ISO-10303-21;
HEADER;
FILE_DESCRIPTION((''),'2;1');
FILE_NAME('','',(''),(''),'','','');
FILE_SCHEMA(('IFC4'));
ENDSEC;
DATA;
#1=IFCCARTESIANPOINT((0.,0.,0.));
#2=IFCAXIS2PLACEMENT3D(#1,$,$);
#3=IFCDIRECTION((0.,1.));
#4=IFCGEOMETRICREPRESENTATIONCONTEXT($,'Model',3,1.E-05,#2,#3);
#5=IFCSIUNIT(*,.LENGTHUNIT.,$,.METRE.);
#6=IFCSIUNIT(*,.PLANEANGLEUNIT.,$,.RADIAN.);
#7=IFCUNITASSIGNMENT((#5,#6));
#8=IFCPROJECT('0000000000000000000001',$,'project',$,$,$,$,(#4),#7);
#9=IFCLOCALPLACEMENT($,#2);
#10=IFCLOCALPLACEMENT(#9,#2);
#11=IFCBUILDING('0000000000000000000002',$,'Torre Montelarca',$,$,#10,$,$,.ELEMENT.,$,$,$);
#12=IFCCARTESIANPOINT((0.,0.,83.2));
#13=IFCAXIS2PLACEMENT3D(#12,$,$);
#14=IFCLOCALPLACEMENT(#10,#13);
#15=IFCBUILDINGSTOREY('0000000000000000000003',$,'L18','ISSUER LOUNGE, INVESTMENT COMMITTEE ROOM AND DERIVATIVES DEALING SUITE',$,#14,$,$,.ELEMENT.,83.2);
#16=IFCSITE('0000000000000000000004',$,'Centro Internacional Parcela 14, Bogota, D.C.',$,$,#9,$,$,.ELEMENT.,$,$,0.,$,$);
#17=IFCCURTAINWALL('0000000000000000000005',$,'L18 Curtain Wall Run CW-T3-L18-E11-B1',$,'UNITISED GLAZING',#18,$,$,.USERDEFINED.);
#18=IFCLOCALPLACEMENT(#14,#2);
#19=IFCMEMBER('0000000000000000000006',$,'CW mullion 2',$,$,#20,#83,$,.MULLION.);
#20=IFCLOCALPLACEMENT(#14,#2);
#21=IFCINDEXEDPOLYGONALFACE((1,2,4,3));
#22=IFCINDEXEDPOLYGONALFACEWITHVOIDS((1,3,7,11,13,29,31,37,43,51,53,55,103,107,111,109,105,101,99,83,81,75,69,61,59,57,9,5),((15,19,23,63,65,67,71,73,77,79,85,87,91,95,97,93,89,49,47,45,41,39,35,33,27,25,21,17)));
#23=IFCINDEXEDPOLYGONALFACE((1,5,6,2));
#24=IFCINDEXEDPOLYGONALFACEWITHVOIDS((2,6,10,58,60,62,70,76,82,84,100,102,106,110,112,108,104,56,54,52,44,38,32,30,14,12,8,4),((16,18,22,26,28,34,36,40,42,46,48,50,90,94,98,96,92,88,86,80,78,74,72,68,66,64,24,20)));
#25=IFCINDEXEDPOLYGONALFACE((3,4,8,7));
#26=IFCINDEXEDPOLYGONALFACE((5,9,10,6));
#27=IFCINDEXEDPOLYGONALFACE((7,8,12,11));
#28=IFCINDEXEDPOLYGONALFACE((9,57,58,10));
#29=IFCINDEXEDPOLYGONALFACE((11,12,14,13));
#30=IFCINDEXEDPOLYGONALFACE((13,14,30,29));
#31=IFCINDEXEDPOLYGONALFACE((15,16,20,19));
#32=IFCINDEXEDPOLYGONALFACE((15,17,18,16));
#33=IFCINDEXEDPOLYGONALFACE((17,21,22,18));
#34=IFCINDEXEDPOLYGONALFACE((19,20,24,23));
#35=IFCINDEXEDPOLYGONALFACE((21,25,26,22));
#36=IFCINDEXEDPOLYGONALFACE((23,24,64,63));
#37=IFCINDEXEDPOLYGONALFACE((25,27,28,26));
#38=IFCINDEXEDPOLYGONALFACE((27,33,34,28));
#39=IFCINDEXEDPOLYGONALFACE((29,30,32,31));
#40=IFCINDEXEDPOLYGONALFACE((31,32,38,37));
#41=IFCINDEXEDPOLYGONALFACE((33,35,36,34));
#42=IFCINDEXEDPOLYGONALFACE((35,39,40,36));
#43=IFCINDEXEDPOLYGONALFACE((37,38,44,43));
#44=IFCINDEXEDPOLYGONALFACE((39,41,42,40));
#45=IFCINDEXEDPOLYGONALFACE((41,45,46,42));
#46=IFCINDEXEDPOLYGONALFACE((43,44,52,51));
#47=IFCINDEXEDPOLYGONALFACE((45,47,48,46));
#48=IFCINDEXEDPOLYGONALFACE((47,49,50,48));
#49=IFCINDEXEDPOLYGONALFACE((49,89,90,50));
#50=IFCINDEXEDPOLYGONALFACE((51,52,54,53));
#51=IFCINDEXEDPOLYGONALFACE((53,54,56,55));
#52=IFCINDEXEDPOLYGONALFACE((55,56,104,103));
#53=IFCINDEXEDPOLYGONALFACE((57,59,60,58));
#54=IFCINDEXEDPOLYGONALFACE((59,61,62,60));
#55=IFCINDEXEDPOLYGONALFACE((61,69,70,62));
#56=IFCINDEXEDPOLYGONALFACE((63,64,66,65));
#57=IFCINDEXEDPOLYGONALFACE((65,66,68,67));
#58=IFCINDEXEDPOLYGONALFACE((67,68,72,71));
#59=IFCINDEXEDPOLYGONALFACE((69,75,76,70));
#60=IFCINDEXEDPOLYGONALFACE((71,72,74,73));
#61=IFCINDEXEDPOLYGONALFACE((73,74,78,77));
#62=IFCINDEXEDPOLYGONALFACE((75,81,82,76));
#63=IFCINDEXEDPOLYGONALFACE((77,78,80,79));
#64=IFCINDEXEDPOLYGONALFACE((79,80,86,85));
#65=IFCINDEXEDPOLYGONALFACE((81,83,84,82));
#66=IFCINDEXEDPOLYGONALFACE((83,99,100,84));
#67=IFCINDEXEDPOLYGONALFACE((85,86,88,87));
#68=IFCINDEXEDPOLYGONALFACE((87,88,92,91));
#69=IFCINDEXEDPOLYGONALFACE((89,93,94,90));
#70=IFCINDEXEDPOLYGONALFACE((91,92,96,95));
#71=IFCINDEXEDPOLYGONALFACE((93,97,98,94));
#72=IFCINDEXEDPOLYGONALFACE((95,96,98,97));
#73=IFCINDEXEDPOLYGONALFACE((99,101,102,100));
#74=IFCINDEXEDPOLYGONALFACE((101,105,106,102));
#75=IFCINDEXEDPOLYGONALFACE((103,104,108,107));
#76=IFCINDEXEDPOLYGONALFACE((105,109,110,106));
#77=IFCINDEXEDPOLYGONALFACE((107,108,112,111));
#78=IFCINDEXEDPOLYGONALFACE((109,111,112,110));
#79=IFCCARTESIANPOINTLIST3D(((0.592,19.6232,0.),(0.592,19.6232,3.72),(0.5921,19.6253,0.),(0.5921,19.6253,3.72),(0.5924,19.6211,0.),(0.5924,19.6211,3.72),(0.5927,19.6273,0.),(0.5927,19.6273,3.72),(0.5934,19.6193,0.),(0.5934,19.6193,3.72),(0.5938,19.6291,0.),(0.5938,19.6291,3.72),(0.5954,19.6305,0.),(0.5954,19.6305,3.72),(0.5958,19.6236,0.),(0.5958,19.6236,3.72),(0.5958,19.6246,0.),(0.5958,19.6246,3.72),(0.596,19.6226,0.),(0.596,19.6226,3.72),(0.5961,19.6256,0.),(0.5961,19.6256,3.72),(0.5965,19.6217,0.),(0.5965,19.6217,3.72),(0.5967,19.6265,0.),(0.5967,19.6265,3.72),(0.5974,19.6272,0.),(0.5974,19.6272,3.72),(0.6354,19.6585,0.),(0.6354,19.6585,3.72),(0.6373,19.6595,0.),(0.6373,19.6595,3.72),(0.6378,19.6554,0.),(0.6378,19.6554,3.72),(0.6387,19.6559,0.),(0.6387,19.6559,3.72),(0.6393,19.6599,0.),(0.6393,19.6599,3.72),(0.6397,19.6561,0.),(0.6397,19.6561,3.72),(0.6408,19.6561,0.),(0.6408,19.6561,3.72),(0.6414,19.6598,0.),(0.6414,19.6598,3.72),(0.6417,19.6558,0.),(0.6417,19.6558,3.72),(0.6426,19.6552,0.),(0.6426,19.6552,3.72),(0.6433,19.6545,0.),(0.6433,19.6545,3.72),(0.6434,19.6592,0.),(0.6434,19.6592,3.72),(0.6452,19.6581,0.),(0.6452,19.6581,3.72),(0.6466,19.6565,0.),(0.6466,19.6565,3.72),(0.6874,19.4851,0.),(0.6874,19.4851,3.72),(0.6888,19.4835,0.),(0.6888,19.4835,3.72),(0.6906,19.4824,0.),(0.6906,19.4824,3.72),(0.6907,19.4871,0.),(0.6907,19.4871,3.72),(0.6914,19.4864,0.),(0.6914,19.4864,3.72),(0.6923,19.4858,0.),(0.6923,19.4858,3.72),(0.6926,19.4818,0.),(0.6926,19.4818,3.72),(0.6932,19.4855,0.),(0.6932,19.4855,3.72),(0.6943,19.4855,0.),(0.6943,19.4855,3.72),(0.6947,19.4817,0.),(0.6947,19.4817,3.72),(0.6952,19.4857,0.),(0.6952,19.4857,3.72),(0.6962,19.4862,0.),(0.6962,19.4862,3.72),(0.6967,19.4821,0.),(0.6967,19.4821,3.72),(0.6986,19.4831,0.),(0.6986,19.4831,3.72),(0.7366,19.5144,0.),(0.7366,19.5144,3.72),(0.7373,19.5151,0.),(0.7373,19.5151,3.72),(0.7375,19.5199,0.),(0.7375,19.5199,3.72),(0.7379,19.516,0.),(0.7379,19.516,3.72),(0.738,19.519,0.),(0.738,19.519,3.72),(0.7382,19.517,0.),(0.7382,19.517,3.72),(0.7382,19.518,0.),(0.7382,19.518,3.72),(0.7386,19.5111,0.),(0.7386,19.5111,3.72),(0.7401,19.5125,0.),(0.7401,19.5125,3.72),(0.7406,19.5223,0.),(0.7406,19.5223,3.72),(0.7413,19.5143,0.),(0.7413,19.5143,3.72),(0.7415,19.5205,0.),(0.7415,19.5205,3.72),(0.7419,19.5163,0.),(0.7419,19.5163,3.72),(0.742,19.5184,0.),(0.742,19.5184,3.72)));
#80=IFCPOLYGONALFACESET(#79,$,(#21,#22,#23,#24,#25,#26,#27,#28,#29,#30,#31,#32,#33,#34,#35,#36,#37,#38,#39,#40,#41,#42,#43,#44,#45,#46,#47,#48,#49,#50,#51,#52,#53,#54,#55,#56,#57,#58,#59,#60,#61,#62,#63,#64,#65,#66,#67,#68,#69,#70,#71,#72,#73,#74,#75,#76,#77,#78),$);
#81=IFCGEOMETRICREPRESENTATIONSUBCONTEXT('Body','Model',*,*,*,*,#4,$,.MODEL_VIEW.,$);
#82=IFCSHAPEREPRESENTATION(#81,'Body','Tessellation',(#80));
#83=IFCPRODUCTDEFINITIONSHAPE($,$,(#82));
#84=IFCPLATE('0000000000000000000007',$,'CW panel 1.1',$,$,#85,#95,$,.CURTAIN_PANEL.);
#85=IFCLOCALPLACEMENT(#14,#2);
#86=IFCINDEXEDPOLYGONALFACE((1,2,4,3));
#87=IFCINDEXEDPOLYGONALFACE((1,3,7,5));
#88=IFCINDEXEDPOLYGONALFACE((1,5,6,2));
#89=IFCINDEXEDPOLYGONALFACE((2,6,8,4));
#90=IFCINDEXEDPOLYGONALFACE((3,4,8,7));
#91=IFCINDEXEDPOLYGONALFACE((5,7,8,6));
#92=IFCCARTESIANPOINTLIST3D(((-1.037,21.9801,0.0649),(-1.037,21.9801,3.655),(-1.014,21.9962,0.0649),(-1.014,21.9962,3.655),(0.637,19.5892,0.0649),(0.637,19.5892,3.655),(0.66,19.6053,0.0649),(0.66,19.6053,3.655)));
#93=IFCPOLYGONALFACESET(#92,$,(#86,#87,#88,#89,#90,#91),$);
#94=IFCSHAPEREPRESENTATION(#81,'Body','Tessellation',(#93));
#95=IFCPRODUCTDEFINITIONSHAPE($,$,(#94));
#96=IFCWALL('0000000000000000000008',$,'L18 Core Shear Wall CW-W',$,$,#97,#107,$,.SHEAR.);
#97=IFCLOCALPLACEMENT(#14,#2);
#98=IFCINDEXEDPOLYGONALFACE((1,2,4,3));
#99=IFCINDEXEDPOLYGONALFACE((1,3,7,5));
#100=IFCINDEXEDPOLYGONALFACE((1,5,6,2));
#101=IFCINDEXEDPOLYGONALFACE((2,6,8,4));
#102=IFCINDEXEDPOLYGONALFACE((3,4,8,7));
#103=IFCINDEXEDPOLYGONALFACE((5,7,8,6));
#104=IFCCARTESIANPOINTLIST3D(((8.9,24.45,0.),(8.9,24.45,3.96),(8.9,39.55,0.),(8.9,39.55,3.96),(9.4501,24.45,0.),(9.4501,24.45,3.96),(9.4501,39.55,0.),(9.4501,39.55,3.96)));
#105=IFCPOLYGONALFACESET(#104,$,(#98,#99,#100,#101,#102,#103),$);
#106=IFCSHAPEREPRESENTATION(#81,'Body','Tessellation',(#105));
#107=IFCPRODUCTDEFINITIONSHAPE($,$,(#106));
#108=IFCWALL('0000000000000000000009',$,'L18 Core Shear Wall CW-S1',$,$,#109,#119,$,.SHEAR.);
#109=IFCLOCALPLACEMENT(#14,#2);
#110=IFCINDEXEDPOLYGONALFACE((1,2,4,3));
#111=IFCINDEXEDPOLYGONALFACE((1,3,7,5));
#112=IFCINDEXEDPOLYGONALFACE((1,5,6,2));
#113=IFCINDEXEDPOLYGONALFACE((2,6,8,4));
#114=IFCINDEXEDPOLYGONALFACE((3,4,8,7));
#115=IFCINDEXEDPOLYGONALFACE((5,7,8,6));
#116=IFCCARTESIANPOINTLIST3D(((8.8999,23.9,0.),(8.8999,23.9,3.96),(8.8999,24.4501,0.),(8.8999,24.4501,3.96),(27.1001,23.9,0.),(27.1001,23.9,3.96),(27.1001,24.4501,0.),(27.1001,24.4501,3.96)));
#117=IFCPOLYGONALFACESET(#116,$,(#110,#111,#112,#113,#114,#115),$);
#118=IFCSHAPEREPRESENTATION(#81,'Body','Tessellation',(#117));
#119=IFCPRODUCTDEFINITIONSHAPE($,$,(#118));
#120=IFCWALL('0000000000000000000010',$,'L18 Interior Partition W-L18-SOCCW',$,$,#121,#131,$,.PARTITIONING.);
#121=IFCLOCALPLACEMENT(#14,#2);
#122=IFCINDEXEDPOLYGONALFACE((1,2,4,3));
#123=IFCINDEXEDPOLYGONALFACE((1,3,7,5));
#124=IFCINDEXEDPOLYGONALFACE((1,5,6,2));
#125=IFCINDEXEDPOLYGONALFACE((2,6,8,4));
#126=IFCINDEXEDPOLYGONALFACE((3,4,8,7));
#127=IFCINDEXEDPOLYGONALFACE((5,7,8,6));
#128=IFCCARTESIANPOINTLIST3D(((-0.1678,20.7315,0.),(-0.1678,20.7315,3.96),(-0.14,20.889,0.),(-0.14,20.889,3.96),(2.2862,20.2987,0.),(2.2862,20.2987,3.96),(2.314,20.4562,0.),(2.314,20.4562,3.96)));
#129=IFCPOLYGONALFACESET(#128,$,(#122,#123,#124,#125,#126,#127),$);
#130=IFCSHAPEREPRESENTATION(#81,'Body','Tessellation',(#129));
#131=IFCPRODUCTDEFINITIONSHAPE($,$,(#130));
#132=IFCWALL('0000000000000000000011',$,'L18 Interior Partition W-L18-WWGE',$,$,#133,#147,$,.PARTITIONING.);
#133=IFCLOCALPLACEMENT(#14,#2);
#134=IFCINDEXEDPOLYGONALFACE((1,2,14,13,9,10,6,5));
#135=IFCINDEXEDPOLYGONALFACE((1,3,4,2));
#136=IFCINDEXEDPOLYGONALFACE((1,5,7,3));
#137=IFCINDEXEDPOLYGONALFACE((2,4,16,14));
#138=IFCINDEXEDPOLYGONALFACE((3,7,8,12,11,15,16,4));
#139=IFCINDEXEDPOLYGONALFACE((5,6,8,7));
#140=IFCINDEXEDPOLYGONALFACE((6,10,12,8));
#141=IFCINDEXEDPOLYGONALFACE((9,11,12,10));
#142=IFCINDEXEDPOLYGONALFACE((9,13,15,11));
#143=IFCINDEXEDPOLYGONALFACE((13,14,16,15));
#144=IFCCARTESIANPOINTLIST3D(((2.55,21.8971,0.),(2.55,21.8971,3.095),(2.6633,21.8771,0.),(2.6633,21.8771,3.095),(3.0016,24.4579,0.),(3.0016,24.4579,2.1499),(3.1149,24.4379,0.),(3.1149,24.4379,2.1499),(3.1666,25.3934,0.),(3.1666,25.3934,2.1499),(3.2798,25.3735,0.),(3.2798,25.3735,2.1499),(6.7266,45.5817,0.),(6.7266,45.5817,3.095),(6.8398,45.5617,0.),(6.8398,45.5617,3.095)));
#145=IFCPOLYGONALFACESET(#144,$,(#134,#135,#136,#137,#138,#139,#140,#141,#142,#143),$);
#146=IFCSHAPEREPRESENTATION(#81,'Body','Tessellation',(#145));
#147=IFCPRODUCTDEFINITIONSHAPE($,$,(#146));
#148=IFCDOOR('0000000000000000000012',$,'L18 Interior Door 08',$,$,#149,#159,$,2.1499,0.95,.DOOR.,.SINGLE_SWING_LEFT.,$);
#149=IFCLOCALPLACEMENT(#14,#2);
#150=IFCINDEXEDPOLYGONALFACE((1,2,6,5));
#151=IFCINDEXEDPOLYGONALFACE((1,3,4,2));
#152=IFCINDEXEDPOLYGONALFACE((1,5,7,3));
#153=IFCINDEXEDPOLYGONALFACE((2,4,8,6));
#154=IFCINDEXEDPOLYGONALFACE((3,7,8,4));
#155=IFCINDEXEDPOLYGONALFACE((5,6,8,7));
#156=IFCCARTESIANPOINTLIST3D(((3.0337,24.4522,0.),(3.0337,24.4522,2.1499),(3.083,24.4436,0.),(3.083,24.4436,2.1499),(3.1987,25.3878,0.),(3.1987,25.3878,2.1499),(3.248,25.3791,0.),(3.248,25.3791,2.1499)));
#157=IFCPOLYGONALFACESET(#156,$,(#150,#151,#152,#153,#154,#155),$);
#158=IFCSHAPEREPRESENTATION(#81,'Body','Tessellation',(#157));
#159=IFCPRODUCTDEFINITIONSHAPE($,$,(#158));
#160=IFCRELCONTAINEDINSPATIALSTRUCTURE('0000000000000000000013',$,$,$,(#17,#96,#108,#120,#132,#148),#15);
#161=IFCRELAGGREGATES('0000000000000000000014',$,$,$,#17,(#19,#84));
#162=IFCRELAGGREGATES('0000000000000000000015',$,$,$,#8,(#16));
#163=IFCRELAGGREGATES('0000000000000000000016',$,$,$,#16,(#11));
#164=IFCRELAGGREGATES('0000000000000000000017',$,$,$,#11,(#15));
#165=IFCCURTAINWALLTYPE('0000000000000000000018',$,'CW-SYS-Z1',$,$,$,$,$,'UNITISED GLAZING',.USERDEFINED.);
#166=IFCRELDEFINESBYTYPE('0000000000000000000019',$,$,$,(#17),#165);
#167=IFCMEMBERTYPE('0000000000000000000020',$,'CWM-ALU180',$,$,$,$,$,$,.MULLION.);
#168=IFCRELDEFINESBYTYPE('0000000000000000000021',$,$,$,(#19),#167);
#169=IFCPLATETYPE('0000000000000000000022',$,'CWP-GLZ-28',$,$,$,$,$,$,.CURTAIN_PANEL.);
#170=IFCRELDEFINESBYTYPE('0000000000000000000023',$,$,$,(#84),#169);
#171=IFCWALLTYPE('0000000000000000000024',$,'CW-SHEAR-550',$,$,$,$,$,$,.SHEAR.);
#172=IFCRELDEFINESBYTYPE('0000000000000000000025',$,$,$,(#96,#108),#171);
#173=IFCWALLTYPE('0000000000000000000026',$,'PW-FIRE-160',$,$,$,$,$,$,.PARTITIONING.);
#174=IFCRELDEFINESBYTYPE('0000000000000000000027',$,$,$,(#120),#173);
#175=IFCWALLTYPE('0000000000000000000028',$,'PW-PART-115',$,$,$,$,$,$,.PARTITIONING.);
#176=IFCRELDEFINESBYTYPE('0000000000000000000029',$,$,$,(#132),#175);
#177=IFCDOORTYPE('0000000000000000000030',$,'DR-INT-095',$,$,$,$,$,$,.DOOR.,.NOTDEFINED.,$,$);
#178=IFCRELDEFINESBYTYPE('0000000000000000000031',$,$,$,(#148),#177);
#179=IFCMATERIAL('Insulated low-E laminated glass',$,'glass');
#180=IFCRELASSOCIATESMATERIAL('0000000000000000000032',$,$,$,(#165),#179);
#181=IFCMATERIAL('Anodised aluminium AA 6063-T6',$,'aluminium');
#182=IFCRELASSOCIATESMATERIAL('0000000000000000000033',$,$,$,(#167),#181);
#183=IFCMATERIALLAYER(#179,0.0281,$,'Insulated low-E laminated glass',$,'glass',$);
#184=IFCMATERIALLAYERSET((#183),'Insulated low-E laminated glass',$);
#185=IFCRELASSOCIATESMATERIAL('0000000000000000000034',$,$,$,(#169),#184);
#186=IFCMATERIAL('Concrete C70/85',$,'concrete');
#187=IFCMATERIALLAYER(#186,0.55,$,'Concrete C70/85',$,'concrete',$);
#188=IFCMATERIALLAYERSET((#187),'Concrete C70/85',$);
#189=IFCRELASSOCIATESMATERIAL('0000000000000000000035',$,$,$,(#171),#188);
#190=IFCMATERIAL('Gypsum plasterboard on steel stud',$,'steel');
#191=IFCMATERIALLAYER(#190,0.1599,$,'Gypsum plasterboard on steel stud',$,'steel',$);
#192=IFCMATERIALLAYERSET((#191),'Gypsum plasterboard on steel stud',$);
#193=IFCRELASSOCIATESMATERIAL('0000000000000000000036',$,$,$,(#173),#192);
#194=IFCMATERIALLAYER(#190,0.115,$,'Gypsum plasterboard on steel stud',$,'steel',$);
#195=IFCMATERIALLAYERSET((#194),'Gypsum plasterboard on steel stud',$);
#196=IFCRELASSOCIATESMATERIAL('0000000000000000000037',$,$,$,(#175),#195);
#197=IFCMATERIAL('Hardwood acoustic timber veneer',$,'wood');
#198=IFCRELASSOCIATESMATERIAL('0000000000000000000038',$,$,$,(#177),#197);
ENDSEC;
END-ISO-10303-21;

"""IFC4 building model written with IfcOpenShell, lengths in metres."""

from ifc_helpers import new_model, si_unit, direction, frame, frame_2d, origin, origin_2d, place, context, subcontext, project, spatial, rectangle, hollow_rectangle, extrude, source, transform, mapped, material, layer, layer_set, material_profile, profile_set, type_object, element, fill, aggregate, save


model = new_model("IFC4")

# Units and contexts
model_context = context("Model", 3, precision=1e-05, world=origin(), true_north=direction((0.0, 1.0)))
body_context = subcontext(model_context, "Body", "Model", "MODEL_VIEW")
ifc_project = project(units=[si_unit("LENGTHUNIT", "METRE"), si_unit("PLANEANGLEUNIT", "RADIAN")], contexts=[model_context])

# Site, building, storey
site_placement = place(None, origin())
site = spatial("IfcSite", under=ifc_project, at=site_placement, Name="Centro Internacional Parcela 14, Bogota, D.C.", CompositionType="ELEMENT", RefElevation=0.0)
building_placement = place(site_placement, origin())
building = spatial("IfcBuilding", under=site, at=building_placement, Name="Torre Montelarca", CompositionType="ELEMENT")
storey_placement = place(building_placement, frame((0.0, 0.0, 83.2)))
storey = spatial("IfcBuildingStorey", under=building, at=storey_placement, Name="L18", Description="ISSUER LOUNGE, INVESTMENT COMMITTEE ROOM AND DERIVATIVES DEALING SUITE", CompositionType="ELEMENT", Elevation=83.2)

# Curtain wall
ifc_material_1 = material(Name="Insulated low-E laminated glass", Category="glass")
curtain_wall_type = type_object("IfcCurtainWallType", Name="CW-SYS-Z1", ElementType="UNITISED GLAZING", PredefinedType="USERDEFINED", material=ifc_material_1)
curtain_wall_1_placement = place(storey_placement, origin())
curtain_wall_1 = element("IfcCurtainWall", 1, at=curtain_wall_1_placement, inside=storey, type_object=curtain_wall_type, Name="L18 Curtain Wall Run CW-T3-L18-E11-B1", ObjectType="UNITISED GLAZING", PredefinedType="USERDEFINED")
ifc_material_2 = material(Name="Anodised aluminium AA 6063-T6", Category="aluminium")

# Shared definitions
ifc_material_profile_1 = material_profile(ifc_material_2, hollow_rectangle(XDim=0.0649, YDim=0.1799, WallThickness=0.0039, InnerFilletRadius=0.0039, OuterFilletRadius=0.0081, at=origin_2d()), Name="ALU65X180X4", Category="aluminium")
ifc_profile_set_1 = profile_set([ifc_material_profile_1], Name="Anodised aluminium AA 6063-T6")
member_type_1 = type_object("IfcMemberType", Name="CWM-ALU180", PredefinedType="MULLION", material=ifc_profile_set_1)
shared_shape_1 = source(origin(), body_context, "Body", "SweptSolid", [
    extrude(hollow_rectangle(XDim=0.0649, YDim=0.1799, WallThickness=0.0039, InnerFilletRadius=0.0039, OuterFilletRadius=0.0081, at=origin_2d()), origin(), (0.0, 0.0, 1.0), 3.72),
])

# Member
member_1_placement = place(storey_placement, frame((0.667, 19.5708, 0.0), z_axis=(0.0, 0.0, 1.0), x_axis=(0.819174, 0.573546, 0.0)))
member_1 = element("IfcMember", 2, at=member_1_placement, type_object=member_type_1, Name="CW mullion 2", PredefinedType="MULLION", context=body_context, shape_type="MappedRepresentation", body=[
    mapped(shared_shape_1, transform((0.0, 0.0, 0.0), scale=1.0)),
])

# Plate
ifc_layer_1 = layer(ifc_material_1, 0.0281, Name="Insulated low-E laminated glass", Category="glass")
ifc_layer_set_1 = layer_set([ifc_layer_1], Name="Insulated low-E laminated glass")
plate_type = type_object("IfcPlateType", Name="CWP-GLZ-28", PredefinedType="CURTAIN_PANEL", material=ifc_layer_set_1)
shared_shape_2 = source(origin(), body_context, "Body", "SweptSolid", [
    extrude(rectangle(XDim=2.9187, YDim=0.0281, at=origin_2d()), origin(), (0.0, 0.0, 1.0), 3.5901),
])
plate_placement = place(storey_placement, frame((-0.1885, 20.7927, 0.0649), z_axis=(0.0, 0.0, 1.0), x_axis=(0.573546, -0.819174, 0.0)))
plate = element("IfcPlate", 3, at=plate_placement, type_object=plate_type, Name="CW panel 1.1", PredefinedType="CURTAIN_PANEL", context=body_context, shape_type="MappedRepresentation", body=[
    mapped(shared_shape_2, transform((0.0, 0.0, 0.0), scale=1.0)),
])
aggregate(curtain_wall_1, [member_1, plate])

# Walls
ifc_material_3 = material(Name="Concrete C70/85", Category="concrete")
ifc_layer_2 = layer(ifc_material_3, 0.55, Name="Concrete C70/85", Category="concrete")
ifc_layer_set_2 = layer_set([ifc_layer_2], Name="Concrete C70/85")
wall_type_1 = type_object("IfcWallType", Name="CW-SHEAR-550", PredefinedType="SHEAR", material=ifc_layer_set_2)
wall_1_placement = place(storey_placement, frame((9.175, 24.45, 0.0), z_axis=(0.0, 0.0, 1.0), x_axis=(0.0, 1.0, 0.0)))
element("IfcWall", 4, at=wall_1_placement, inside=storey, type_object=wall_type_1, Name="L18 Core Shear Wall CW-W", PredefinedType="SHEAR", context=body_context, shape_type="SweptSolid", body=[
    extrude(rectangle(XDim=15.1001, YDim=0.55, at=frame_2d((7.55, 0.0))), origin(), (0.0, 0.0, 1.0), 3.96),
])
wall_2_placement = place(storey_placement, frame((8.8999, 24.175, 0.0), z_axis=(0.0, 0.0, 1.0), x_axis=(1.0, 0.0, 0.0)))
element("IfcWall", 5, at=wall_2_placement, inside=storey, type_object=wall_type_1, Name="L18 Core Shear Wall CW-S1", PredefinedType="SHEAR", context=body_context, shape_type="SweptSolid", body=[
    extrude(rectangle(XDim=18.2002, YDim=0.55, at=frame_2d((9.1001, 0.0))), origin(), (0.0, 0.0, 1.0), 3.96),
])
ifc_material_4 = material(Name="Gypsum plasterboard on steel stud", Category="steel")
ifc_layer_3 = layer(ifc_material_4, 0.1599, Name="Gypsum plasterboard on steel stud", Category="steel")
ifc_layer_set_3 = layer_set([ifc_layer_3], Name="Gypsum plasterboard on steel stud")
wall_type_2 = type_object("IfcWallType", Name="PW-FIRE-160", PredefinedType="PARTITIONING", material=ifc_layer_set_3)
wall_3_placement = place(storey_placement, frame((-0.1541, 20.8103, 0.0), z_axis=(0.0, 0.0, 1.0), x_axis=(0.984798, -0.173701, 0.0)))
element("IfcWall", 6, at=wall_3_placement, inside=storey, type_object=wall_type_2, Name="L18 Interior Partition W-L18-SOCCW", PredefinedType="PARTITIONING", context=body_context, shape_type="SweptSolid", body=[
    extrude(rectangle(XDim=2.4919, YDim=0.1599, at=frame_2d((1.2461, 0.0))), origin(), (0.0, 0.0, 1.0), 3.96),
])

# Wall, opening, door
ifc_layer_4 = layer(ifc_material_4, 0.115, Name="Gypsum plasterboard on steel stud", Category="steel")
ifc_layer_set_4 = layer_set([ifc_layer_4], Name="Gypsum plasterboard on steel stud")
wall_type_3 = type_object("IfcWallType", Name="PW-PART-115", PredefinedType="PARTITIONING", material=ifc_layer_set_4)
wall_4_placement = place(storey_placement, frame((2.6067, 21.8872, 0.0), z_axis=(0.0, 0.0, 1.0), x_axis=(0.17366, 0.984806, 0.0)))
wall_4 = element("IfcWall", 7, at=wall_4_placement, inside=storey, type_object=wall_type_3, Name="L18 Interior Partition W-L18-WWGE", PredefinedType="PARTITIONING", context=body_context, shape_type="SweptSolid", body=[
    extrude(rectangle(XDim=24.05, YDim=0.115, at=frame_2d((12.0249, 0.0))), origin(), (0.0, 0.0, 1.0), 3.095),
])
opening_1_placement = place(wall_4_placement, frame((2.6001, 0.0, 0.0)))
opening_1 = element("IfcOpeningElement", 8, at=opening_1_placement, cuts=wall_4, PredefinedType="OPENING", context=body_context, shape_type="SweptSolid", body=[
    extrude(rectangle(XDim=0.95, YDim=2.1499, at=frame_2d((0.4751, 1.075))), frame((0.0, 0.0674, 0.0), z_axis=(0.0, -1.0, 0.0), x_axis=(1.0, 0.0, 0.0)), (0.0, 0.0, 1.0), 0.135),
])
ifc_material_5 = material(Name="Hardwood acoustic timber veneer", Category="wood")
door_type_1 = type_object("IfcDoorType", Name="DR-INT-095", OperationType="NOTDEFINED", PredefinedType="DOOR", material=ifc_material_5)
shared_shape_3 = source(origin(), body_context, "Body", "SweptSolid", [
    extrude(rectangle(XDim=0.95, YDim=2.1499, at=frame_2d((0.4751, 1.075))), frame((0.0, 0.0249, 0.0), z_axis=(0.0, -1.0, 0.0), x_axis=(1.0, 0.0, 0.0)), (0.0, 0.0, 1.0), 0.05),
])
door_1_placement = place(opening_1_placement, origin())
door_1 = element("IfcDoor", 9, at=door_1_placement, inside=storey, type_object=door_type_1, Name="L18 Interior Door 08", OperationType="SINGLE_SWING_LEFT", OverallHeight=2.1499, OverallWidth=0.95, PredefinedType="DOOR", context=body_context, shape_type="MappedRepresentation", body=[
    mapped(shared_shape_3, transform((0.0, 0.0, 0.0), scale=1.0)),
])
fill(opening_1, door_1)

save(model, "model.ifc")
